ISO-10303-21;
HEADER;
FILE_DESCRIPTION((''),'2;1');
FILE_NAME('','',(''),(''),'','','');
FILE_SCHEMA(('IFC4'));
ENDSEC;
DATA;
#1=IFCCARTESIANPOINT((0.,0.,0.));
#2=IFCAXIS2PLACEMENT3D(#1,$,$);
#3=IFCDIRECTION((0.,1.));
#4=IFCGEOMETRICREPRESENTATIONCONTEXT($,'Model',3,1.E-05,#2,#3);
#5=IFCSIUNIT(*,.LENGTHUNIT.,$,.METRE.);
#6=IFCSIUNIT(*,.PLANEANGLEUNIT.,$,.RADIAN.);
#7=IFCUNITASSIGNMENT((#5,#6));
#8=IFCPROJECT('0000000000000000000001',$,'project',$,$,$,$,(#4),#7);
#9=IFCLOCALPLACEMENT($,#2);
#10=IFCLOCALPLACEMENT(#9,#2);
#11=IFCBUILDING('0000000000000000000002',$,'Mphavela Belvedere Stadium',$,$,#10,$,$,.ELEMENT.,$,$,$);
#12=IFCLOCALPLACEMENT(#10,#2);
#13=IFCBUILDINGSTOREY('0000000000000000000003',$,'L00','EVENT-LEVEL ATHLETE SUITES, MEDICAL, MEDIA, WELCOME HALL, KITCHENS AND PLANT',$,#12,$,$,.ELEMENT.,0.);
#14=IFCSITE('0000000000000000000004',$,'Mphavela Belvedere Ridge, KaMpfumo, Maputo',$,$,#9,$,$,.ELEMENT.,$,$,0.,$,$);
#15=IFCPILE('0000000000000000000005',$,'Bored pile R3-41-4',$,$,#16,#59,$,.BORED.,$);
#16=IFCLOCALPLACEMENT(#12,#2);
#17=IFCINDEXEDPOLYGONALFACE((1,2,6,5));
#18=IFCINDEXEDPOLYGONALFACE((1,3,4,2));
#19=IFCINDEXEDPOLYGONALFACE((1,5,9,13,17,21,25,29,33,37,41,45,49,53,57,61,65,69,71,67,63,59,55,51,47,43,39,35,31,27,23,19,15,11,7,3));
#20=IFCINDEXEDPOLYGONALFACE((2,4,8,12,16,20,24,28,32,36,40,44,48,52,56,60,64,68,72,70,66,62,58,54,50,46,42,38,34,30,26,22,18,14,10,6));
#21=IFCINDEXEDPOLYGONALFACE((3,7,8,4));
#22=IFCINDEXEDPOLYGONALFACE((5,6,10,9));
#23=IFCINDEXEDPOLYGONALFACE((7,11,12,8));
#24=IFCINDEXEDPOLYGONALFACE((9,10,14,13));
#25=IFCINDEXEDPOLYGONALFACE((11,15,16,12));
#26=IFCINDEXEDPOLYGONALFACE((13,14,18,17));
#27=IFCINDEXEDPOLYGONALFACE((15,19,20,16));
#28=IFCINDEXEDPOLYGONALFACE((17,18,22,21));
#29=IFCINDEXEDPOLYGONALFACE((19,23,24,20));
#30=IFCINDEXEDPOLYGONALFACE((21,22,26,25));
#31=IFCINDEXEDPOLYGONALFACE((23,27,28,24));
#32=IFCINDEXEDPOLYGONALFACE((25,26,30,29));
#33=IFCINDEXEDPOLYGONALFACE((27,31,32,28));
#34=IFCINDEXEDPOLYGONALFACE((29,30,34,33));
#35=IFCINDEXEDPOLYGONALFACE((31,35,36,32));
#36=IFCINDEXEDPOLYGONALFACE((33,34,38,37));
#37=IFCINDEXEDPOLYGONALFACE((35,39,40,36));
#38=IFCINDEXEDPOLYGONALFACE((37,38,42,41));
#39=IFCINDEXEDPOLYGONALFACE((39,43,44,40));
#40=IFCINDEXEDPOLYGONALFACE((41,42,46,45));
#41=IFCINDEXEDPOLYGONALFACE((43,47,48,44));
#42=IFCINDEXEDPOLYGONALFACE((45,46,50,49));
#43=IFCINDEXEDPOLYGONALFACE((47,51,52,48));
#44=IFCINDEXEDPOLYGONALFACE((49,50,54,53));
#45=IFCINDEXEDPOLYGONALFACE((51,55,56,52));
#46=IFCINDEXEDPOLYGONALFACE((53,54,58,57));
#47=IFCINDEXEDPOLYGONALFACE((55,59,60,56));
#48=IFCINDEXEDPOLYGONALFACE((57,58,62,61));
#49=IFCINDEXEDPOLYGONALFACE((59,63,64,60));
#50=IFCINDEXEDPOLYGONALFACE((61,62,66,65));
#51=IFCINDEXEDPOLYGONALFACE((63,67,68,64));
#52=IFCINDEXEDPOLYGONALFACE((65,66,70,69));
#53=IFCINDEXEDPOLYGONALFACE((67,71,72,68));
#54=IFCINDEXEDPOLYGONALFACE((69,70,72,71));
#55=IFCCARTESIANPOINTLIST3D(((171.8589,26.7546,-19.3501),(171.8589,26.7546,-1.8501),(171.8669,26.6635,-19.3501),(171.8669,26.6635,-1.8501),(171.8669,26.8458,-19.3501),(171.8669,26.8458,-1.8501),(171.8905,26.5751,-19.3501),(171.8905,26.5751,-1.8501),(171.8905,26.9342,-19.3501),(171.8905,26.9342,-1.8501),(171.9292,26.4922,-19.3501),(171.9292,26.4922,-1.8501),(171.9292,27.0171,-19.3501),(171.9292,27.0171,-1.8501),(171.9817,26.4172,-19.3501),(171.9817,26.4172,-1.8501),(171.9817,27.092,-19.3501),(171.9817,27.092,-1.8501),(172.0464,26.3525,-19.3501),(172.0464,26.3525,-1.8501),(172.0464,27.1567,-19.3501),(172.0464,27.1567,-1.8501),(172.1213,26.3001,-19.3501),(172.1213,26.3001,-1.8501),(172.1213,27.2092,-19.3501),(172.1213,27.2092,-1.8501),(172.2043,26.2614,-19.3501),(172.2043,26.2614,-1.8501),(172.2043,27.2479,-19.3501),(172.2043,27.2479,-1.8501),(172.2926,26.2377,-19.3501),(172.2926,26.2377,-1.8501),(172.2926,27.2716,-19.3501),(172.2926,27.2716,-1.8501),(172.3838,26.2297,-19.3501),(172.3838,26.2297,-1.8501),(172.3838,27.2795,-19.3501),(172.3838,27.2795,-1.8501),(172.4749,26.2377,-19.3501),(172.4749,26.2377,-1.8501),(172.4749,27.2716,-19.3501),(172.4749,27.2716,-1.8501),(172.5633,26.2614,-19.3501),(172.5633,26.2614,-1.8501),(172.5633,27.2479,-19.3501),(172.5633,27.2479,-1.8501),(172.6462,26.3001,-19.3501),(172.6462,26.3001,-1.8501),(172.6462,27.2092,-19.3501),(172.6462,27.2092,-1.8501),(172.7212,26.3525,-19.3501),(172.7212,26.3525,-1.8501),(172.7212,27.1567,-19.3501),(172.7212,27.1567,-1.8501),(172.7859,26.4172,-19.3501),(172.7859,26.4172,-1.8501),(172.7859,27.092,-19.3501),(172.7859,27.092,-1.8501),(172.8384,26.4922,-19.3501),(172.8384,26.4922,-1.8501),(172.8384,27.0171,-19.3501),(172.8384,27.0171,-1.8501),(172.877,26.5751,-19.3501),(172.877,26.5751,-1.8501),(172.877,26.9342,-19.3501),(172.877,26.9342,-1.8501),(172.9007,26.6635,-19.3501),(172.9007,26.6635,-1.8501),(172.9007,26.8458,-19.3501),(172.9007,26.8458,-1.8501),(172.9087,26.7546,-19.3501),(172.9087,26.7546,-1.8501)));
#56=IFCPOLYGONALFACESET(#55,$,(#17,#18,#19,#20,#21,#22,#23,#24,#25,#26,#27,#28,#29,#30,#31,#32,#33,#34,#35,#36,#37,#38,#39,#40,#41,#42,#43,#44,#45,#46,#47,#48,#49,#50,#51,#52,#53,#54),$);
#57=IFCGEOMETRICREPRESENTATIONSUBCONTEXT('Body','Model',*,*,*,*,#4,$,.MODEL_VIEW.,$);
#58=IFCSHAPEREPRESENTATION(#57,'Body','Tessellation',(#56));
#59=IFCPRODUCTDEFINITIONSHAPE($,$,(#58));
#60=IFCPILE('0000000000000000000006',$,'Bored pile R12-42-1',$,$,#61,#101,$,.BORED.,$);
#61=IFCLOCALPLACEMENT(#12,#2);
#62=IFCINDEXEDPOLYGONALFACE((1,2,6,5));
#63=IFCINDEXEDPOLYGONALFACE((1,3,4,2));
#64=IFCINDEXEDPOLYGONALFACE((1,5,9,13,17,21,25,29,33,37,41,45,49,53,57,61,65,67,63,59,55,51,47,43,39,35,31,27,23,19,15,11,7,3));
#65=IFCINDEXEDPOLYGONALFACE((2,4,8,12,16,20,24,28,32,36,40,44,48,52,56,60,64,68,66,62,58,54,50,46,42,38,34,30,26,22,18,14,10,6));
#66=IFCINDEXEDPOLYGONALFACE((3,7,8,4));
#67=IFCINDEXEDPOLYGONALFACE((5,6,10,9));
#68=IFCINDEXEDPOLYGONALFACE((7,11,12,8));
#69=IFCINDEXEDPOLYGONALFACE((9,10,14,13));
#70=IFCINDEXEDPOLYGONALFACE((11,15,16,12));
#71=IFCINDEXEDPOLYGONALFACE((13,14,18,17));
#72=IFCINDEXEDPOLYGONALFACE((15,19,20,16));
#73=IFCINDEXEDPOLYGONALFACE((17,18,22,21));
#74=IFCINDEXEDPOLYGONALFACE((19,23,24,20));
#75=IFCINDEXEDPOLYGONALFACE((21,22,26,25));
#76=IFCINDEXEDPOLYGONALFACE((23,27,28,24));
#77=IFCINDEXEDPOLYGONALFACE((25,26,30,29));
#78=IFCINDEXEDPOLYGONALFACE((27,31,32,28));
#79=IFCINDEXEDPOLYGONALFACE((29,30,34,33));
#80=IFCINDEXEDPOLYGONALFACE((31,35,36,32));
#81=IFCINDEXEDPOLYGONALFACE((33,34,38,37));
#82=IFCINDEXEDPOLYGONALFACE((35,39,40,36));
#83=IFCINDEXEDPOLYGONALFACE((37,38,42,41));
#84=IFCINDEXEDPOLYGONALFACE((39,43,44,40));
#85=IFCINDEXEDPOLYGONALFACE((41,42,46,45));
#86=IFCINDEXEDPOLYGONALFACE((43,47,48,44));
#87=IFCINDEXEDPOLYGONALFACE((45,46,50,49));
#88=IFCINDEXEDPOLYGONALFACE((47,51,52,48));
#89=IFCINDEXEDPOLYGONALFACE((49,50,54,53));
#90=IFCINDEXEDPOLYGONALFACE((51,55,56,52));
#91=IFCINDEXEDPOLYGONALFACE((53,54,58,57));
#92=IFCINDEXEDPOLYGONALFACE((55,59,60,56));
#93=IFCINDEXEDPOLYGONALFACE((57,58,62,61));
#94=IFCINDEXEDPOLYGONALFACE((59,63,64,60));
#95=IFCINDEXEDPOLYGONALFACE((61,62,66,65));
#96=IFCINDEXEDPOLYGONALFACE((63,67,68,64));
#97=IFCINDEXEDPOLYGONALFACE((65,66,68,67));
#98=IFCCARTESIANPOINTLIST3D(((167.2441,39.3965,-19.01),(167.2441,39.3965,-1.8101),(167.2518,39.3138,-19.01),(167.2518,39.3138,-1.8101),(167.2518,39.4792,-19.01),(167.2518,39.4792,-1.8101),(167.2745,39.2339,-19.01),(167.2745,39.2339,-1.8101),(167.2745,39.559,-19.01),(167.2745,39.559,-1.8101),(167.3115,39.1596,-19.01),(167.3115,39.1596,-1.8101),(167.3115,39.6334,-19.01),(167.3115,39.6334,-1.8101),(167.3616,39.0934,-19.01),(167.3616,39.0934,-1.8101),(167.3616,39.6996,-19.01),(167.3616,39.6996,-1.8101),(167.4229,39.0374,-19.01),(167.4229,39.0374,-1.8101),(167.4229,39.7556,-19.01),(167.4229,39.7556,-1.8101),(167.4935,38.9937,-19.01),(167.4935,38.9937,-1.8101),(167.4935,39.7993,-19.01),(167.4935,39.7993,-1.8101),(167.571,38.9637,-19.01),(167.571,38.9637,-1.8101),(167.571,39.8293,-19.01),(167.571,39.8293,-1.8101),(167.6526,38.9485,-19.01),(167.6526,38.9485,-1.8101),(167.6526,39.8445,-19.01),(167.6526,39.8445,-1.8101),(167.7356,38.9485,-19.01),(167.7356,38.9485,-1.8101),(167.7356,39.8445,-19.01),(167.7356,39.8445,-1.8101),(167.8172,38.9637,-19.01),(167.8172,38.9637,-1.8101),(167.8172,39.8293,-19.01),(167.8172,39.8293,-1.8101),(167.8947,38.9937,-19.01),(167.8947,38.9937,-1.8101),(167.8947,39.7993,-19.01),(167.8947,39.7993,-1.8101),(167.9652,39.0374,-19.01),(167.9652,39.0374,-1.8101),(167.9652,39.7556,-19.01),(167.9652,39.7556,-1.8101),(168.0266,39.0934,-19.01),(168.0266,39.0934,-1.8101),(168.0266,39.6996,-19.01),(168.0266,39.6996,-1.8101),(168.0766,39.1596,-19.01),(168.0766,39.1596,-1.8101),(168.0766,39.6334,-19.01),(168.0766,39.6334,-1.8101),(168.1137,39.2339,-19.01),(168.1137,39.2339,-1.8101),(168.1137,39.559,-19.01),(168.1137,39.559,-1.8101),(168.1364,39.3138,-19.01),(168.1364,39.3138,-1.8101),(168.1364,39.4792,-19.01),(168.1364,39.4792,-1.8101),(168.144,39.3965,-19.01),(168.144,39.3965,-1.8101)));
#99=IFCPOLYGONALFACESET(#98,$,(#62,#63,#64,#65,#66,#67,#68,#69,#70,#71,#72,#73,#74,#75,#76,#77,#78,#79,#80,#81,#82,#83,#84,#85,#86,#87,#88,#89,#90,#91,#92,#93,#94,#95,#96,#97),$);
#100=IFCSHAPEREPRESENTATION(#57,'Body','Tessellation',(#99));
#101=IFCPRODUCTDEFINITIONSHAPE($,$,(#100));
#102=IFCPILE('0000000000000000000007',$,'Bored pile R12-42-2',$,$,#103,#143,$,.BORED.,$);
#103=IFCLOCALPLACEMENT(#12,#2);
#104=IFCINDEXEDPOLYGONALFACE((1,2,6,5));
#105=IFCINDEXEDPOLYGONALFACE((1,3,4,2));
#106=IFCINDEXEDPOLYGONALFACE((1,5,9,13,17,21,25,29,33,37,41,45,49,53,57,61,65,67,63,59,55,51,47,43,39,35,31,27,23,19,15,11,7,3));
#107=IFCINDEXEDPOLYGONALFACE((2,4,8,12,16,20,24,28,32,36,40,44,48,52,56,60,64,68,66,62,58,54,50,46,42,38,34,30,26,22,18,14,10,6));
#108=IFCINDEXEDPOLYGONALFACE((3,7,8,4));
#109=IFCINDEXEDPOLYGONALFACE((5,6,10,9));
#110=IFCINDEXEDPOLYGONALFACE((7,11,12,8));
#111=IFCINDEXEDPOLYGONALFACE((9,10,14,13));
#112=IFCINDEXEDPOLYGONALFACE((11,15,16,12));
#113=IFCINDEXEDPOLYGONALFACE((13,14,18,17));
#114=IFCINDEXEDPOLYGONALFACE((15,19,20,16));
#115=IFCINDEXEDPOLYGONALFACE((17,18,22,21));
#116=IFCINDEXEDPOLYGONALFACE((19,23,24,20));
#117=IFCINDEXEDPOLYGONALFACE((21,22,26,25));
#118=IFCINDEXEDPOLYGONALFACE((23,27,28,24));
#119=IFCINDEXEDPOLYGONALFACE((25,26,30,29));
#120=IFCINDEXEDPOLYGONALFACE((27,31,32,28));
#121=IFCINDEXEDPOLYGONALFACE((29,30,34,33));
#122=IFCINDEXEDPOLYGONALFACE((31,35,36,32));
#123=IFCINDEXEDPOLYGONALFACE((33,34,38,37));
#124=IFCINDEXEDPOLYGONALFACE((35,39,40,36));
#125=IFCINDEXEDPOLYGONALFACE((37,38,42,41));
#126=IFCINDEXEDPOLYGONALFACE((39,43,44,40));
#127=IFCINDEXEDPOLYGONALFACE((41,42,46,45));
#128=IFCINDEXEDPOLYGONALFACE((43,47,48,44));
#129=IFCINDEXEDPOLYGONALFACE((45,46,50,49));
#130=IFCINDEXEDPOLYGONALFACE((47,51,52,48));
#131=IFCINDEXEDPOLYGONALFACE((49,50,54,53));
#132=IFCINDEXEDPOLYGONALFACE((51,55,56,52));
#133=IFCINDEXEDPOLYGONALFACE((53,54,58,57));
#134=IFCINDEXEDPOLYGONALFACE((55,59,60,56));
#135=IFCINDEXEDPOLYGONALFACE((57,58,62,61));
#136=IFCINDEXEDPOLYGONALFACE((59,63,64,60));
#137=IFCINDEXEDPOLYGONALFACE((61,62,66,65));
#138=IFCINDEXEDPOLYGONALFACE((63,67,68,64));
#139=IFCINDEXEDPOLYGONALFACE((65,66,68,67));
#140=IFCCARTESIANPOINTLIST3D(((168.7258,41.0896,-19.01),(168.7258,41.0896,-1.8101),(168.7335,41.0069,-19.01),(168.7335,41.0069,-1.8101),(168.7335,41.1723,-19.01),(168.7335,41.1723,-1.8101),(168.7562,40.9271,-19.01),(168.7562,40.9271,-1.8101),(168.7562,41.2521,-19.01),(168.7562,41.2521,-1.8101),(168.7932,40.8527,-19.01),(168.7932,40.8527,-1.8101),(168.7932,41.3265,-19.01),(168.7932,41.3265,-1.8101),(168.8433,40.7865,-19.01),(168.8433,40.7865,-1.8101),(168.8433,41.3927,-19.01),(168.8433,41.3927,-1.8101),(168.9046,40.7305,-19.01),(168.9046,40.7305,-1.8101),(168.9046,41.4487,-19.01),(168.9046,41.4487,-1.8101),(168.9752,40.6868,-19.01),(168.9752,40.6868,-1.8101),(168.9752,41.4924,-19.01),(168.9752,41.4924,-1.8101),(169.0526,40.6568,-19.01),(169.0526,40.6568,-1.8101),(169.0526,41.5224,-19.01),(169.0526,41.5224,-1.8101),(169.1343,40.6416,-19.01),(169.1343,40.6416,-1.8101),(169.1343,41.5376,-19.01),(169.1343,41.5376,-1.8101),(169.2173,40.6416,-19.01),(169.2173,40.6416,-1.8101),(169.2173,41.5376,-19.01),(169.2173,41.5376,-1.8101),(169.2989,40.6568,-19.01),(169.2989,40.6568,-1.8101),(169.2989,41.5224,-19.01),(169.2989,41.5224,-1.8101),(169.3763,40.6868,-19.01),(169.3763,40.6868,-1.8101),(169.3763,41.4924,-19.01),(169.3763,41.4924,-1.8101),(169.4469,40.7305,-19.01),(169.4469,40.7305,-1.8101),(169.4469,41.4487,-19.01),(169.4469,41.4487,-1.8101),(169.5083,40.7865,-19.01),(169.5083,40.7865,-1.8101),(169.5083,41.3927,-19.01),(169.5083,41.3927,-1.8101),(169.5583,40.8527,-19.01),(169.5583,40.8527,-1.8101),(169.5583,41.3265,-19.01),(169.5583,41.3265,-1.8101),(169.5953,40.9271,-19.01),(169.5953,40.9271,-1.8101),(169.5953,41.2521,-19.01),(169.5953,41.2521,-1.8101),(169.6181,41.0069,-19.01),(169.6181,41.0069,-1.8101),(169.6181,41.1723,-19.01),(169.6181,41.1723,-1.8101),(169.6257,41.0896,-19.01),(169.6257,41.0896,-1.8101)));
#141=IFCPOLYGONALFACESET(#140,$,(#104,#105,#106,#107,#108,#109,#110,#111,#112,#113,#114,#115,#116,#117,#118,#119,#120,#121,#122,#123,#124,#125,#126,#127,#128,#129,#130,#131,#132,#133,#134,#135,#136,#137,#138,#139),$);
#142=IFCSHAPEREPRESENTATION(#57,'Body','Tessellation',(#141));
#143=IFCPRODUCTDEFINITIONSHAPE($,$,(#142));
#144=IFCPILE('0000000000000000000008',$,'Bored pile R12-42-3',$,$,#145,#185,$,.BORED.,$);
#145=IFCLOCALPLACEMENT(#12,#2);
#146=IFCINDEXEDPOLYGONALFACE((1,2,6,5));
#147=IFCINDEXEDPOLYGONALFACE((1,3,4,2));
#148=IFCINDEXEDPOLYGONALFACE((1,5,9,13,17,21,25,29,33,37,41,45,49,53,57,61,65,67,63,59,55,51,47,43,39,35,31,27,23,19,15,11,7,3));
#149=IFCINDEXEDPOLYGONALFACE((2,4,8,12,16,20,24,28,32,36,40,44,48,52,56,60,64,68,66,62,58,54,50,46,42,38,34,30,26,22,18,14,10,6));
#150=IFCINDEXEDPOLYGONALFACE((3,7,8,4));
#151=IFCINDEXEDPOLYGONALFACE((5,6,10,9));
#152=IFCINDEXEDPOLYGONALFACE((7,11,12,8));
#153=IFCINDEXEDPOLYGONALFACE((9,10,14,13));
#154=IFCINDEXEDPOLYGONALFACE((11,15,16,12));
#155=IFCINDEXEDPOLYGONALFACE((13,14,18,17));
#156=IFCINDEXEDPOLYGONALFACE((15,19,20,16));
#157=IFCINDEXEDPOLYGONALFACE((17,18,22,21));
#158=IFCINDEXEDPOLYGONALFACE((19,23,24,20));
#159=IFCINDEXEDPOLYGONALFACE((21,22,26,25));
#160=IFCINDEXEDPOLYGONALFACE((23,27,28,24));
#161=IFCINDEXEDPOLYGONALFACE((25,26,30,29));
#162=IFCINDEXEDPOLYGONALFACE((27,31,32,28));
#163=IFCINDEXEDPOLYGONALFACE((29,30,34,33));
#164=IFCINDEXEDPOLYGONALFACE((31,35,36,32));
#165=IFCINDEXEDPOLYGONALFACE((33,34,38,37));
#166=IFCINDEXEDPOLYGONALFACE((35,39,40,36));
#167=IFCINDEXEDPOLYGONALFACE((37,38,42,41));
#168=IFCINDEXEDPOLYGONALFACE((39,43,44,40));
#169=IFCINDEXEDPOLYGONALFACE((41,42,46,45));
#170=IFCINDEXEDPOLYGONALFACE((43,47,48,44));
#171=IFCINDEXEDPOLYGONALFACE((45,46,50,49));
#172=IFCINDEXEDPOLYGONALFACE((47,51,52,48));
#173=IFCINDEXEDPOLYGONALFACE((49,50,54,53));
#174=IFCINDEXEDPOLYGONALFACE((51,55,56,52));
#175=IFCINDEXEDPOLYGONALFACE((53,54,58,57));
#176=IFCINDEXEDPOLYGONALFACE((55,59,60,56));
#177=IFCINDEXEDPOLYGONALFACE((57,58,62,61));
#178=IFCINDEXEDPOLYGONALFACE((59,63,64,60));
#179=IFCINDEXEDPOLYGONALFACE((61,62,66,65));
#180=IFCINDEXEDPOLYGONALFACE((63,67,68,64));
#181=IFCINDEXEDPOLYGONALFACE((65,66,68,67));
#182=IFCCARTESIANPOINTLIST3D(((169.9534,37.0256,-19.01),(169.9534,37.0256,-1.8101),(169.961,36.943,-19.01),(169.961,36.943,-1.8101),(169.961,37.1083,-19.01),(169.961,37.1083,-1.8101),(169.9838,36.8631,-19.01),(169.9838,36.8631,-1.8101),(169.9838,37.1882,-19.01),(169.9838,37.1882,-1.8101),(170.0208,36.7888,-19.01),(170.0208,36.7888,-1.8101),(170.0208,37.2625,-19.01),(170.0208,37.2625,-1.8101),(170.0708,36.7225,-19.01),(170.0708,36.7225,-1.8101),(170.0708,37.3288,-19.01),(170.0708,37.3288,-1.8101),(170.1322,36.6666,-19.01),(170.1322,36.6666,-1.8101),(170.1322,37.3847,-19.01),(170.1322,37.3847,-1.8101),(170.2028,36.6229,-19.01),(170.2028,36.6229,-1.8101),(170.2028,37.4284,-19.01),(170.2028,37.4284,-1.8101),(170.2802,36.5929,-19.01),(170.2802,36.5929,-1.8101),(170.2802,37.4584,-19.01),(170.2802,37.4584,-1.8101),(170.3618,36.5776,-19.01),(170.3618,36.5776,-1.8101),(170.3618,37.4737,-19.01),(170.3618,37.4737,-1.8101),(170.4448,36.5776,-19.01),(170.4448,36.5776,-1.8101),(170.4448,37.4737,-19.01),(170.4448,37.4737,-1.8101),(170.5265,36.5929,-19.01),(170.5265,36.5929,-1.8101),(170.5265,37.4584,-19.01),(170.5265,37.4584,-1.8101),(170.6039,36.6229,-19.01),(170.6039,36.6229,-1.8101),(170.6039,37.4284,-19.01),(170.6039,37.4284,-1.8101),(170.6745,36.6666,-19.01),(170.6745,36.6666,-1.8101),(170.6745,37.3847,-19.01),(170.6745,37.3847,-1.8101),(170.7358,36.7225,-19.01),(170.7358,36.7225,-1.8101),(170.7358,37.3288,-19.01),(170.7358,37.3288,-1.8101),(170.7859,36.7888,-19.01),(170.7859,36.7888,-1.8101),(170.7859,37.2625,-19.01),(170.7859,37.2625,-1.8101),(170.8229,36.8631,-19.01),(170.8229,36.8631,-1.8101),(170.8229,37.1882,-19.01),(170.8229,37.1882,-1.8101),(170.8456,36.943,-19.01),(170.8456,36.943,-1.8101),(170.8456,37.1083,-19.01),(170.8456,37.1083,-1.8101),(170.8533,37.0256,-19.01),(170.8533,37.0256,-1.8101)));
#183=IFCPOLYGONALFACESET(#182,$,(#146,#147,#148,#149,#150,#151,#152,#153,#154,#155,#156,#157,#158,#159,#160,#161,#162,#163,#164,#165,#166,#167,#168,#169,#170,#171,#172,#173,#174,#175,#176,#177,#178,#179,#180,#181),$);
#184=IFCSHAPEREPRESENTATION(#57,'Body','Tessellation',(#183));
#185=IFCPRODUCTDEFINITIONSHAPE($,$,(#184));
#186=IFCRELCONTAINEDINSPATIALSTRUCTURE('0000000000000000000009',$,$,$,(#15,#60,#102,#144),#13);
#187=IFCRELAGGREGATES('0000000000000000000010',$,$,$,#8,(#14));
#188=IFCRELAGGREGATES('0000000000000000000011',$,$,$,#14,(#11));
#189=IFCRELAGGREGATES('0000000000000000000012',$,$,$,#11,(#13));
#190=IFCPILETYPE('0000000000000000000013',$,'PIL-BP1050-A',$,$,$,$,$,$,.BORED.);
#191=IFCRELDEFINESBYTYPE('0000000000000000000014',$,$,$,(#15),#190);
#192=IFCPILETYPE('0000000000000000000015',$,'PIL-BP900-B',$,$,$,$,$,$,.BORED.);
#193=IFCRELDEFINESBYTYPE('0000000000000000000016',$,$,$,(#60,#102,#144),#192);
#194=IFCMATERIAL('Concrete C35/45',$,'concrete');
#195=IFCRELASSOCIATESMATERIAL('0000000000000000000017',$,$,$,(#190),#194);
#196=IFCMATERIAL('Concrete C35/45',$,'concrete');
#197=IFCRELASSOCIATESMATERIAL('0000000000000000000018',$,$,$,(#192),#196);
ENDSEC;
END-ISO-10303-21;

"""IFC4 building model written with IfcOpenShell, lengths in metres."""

from ifc_helpers import new_model, si_unit, direction, frame, origin, origin_2d, place, context, subcontext, project, spatial, circle, extrude, material, material_profile, profile_set, type_object, element, save


model = new_model("IFC4")

# Units and contexts
model_context = context("Model", 3, precision=1e-05, world=origin(), true_north=direction((0.0, 1.0)))
body_context = subcontext(model_context, "Body", "Model", "MODEL_VIEW")
ifc_project = project(units=[si_unit("LENGTHUNIT", "METRE"), si_unit("PLANEANGLEUNIT", "RADIAN")], contexts=[model_context])

# Site, building, storey
site_placement = place(None, origin())
site = spatial("IfcSite", under=ifc_project, at=site_placement, Name="Mphavela Belvedere Ridge, KaMpfumo, Maputo", CompositionType="ELEMENT", RefElevation=0.0)
building_placement = place(site_placement, origin())
building = spatial("IfcBuilding", under=site, at=building_placement, Name="Mphavela Belvedere Stadium", CompositionType="ELEMENT")
storey_placement = place(building_placement, origin())
storey = spatial("IfcBuildingStorey", under=building, at=storey_placement, Name="L00", Description="EVENT-LEVEL ATHLETE SUITES, MEDICAL, MEDIA, WELCOME HALL, KITCHENS AND PLANT", CompositionType="ELEMENT", Elevation=0.0)

# Piles
ifc_material_1 = material(Name="Concrete C35/45", Category="concrete")
ifc_material_profile_1 = material_profile(ifc_material_1, circle(Radius=0.5249, at=origin_2d()), Name="BP D1050")
ifc_profile_set_1 = profile_set([ifc_material_profile_1], Name="Concrete C35/45")
pile_type_1 = type_object("IfcPileType", Name="PIL-BP1050-A", PredefinedType="BORED", material=ifc_profile_set_1)
for number, where, z_axis, x_axis, name in (
    (1, (172.3838, 26.7546, -1.8501), (0.0, 0.0, -1.0), (1.0, 0.0, 0.0), "Bored pile R3-41-4"),
):
    element("IfcPile", number, at=place(storey_placement, frame(where, z_axis=z_axis, x_axis=x_axis)), inside=storey, type_object=pile_type_1, Name=name, PredefinedType="BORED", context=body_context, shape_type="SweptSolid", body=[
        extrude(circle(Radius=0.5249, at=origin_2d()), origin(), (0.0, 0.0, 1.0), 17.5),
    ])
ifc_material_2 = material(Name="Concrete C35/45", Category="concrete")
ifc_material_profile_2 = material_profile(ifc_material_2, circle(Radius=0.45, at=origin_2d()), Name="BP D900")
ifc_profile_set_2 = profile_set([ifc_material_profile_2], Name="Concrete C35/45")
pile_type_2 = type_object("IfcPileType", Name="PIL-BP900-B", PredefinedType="BORED", material=ifc_profile_set_2)
for number, where, z_axis, x_axis, name in (
    (2, (167.6941, 39.3965, -1.8101), (0.0, 0.0, -1.0), (1.0, 0.0, 0.0), "Bored pile R12-42-1"),
    (3, (169.1758, 41.0896, -1.8101), (0.0, 0.0, -1.0), (1.0, 0.0, 0.0), "Bored pile R12-42-2"),
    (4, (170.4033, 37.0256, -1.8101), (0.0, 0.0, -1.0), (1.0, 0.0, 0.0), "Bored pile R12-42-3"),
):
    element("IfcPile", number, at=place(storey_placement, frame(where, z_axis=z_axis, x_axis=x_axis)), inside=storey, type_object=pile_type_2, Name=name, PredefinedType="BORED", context=body_context, shape_type="SweptSolid", body=[
        extrude(circle(Radius=0.45, at=origin_2d()), origin(), (0.0, 0.0, 1.0), 17.2),
    ])

save(model, "model.ifc")
